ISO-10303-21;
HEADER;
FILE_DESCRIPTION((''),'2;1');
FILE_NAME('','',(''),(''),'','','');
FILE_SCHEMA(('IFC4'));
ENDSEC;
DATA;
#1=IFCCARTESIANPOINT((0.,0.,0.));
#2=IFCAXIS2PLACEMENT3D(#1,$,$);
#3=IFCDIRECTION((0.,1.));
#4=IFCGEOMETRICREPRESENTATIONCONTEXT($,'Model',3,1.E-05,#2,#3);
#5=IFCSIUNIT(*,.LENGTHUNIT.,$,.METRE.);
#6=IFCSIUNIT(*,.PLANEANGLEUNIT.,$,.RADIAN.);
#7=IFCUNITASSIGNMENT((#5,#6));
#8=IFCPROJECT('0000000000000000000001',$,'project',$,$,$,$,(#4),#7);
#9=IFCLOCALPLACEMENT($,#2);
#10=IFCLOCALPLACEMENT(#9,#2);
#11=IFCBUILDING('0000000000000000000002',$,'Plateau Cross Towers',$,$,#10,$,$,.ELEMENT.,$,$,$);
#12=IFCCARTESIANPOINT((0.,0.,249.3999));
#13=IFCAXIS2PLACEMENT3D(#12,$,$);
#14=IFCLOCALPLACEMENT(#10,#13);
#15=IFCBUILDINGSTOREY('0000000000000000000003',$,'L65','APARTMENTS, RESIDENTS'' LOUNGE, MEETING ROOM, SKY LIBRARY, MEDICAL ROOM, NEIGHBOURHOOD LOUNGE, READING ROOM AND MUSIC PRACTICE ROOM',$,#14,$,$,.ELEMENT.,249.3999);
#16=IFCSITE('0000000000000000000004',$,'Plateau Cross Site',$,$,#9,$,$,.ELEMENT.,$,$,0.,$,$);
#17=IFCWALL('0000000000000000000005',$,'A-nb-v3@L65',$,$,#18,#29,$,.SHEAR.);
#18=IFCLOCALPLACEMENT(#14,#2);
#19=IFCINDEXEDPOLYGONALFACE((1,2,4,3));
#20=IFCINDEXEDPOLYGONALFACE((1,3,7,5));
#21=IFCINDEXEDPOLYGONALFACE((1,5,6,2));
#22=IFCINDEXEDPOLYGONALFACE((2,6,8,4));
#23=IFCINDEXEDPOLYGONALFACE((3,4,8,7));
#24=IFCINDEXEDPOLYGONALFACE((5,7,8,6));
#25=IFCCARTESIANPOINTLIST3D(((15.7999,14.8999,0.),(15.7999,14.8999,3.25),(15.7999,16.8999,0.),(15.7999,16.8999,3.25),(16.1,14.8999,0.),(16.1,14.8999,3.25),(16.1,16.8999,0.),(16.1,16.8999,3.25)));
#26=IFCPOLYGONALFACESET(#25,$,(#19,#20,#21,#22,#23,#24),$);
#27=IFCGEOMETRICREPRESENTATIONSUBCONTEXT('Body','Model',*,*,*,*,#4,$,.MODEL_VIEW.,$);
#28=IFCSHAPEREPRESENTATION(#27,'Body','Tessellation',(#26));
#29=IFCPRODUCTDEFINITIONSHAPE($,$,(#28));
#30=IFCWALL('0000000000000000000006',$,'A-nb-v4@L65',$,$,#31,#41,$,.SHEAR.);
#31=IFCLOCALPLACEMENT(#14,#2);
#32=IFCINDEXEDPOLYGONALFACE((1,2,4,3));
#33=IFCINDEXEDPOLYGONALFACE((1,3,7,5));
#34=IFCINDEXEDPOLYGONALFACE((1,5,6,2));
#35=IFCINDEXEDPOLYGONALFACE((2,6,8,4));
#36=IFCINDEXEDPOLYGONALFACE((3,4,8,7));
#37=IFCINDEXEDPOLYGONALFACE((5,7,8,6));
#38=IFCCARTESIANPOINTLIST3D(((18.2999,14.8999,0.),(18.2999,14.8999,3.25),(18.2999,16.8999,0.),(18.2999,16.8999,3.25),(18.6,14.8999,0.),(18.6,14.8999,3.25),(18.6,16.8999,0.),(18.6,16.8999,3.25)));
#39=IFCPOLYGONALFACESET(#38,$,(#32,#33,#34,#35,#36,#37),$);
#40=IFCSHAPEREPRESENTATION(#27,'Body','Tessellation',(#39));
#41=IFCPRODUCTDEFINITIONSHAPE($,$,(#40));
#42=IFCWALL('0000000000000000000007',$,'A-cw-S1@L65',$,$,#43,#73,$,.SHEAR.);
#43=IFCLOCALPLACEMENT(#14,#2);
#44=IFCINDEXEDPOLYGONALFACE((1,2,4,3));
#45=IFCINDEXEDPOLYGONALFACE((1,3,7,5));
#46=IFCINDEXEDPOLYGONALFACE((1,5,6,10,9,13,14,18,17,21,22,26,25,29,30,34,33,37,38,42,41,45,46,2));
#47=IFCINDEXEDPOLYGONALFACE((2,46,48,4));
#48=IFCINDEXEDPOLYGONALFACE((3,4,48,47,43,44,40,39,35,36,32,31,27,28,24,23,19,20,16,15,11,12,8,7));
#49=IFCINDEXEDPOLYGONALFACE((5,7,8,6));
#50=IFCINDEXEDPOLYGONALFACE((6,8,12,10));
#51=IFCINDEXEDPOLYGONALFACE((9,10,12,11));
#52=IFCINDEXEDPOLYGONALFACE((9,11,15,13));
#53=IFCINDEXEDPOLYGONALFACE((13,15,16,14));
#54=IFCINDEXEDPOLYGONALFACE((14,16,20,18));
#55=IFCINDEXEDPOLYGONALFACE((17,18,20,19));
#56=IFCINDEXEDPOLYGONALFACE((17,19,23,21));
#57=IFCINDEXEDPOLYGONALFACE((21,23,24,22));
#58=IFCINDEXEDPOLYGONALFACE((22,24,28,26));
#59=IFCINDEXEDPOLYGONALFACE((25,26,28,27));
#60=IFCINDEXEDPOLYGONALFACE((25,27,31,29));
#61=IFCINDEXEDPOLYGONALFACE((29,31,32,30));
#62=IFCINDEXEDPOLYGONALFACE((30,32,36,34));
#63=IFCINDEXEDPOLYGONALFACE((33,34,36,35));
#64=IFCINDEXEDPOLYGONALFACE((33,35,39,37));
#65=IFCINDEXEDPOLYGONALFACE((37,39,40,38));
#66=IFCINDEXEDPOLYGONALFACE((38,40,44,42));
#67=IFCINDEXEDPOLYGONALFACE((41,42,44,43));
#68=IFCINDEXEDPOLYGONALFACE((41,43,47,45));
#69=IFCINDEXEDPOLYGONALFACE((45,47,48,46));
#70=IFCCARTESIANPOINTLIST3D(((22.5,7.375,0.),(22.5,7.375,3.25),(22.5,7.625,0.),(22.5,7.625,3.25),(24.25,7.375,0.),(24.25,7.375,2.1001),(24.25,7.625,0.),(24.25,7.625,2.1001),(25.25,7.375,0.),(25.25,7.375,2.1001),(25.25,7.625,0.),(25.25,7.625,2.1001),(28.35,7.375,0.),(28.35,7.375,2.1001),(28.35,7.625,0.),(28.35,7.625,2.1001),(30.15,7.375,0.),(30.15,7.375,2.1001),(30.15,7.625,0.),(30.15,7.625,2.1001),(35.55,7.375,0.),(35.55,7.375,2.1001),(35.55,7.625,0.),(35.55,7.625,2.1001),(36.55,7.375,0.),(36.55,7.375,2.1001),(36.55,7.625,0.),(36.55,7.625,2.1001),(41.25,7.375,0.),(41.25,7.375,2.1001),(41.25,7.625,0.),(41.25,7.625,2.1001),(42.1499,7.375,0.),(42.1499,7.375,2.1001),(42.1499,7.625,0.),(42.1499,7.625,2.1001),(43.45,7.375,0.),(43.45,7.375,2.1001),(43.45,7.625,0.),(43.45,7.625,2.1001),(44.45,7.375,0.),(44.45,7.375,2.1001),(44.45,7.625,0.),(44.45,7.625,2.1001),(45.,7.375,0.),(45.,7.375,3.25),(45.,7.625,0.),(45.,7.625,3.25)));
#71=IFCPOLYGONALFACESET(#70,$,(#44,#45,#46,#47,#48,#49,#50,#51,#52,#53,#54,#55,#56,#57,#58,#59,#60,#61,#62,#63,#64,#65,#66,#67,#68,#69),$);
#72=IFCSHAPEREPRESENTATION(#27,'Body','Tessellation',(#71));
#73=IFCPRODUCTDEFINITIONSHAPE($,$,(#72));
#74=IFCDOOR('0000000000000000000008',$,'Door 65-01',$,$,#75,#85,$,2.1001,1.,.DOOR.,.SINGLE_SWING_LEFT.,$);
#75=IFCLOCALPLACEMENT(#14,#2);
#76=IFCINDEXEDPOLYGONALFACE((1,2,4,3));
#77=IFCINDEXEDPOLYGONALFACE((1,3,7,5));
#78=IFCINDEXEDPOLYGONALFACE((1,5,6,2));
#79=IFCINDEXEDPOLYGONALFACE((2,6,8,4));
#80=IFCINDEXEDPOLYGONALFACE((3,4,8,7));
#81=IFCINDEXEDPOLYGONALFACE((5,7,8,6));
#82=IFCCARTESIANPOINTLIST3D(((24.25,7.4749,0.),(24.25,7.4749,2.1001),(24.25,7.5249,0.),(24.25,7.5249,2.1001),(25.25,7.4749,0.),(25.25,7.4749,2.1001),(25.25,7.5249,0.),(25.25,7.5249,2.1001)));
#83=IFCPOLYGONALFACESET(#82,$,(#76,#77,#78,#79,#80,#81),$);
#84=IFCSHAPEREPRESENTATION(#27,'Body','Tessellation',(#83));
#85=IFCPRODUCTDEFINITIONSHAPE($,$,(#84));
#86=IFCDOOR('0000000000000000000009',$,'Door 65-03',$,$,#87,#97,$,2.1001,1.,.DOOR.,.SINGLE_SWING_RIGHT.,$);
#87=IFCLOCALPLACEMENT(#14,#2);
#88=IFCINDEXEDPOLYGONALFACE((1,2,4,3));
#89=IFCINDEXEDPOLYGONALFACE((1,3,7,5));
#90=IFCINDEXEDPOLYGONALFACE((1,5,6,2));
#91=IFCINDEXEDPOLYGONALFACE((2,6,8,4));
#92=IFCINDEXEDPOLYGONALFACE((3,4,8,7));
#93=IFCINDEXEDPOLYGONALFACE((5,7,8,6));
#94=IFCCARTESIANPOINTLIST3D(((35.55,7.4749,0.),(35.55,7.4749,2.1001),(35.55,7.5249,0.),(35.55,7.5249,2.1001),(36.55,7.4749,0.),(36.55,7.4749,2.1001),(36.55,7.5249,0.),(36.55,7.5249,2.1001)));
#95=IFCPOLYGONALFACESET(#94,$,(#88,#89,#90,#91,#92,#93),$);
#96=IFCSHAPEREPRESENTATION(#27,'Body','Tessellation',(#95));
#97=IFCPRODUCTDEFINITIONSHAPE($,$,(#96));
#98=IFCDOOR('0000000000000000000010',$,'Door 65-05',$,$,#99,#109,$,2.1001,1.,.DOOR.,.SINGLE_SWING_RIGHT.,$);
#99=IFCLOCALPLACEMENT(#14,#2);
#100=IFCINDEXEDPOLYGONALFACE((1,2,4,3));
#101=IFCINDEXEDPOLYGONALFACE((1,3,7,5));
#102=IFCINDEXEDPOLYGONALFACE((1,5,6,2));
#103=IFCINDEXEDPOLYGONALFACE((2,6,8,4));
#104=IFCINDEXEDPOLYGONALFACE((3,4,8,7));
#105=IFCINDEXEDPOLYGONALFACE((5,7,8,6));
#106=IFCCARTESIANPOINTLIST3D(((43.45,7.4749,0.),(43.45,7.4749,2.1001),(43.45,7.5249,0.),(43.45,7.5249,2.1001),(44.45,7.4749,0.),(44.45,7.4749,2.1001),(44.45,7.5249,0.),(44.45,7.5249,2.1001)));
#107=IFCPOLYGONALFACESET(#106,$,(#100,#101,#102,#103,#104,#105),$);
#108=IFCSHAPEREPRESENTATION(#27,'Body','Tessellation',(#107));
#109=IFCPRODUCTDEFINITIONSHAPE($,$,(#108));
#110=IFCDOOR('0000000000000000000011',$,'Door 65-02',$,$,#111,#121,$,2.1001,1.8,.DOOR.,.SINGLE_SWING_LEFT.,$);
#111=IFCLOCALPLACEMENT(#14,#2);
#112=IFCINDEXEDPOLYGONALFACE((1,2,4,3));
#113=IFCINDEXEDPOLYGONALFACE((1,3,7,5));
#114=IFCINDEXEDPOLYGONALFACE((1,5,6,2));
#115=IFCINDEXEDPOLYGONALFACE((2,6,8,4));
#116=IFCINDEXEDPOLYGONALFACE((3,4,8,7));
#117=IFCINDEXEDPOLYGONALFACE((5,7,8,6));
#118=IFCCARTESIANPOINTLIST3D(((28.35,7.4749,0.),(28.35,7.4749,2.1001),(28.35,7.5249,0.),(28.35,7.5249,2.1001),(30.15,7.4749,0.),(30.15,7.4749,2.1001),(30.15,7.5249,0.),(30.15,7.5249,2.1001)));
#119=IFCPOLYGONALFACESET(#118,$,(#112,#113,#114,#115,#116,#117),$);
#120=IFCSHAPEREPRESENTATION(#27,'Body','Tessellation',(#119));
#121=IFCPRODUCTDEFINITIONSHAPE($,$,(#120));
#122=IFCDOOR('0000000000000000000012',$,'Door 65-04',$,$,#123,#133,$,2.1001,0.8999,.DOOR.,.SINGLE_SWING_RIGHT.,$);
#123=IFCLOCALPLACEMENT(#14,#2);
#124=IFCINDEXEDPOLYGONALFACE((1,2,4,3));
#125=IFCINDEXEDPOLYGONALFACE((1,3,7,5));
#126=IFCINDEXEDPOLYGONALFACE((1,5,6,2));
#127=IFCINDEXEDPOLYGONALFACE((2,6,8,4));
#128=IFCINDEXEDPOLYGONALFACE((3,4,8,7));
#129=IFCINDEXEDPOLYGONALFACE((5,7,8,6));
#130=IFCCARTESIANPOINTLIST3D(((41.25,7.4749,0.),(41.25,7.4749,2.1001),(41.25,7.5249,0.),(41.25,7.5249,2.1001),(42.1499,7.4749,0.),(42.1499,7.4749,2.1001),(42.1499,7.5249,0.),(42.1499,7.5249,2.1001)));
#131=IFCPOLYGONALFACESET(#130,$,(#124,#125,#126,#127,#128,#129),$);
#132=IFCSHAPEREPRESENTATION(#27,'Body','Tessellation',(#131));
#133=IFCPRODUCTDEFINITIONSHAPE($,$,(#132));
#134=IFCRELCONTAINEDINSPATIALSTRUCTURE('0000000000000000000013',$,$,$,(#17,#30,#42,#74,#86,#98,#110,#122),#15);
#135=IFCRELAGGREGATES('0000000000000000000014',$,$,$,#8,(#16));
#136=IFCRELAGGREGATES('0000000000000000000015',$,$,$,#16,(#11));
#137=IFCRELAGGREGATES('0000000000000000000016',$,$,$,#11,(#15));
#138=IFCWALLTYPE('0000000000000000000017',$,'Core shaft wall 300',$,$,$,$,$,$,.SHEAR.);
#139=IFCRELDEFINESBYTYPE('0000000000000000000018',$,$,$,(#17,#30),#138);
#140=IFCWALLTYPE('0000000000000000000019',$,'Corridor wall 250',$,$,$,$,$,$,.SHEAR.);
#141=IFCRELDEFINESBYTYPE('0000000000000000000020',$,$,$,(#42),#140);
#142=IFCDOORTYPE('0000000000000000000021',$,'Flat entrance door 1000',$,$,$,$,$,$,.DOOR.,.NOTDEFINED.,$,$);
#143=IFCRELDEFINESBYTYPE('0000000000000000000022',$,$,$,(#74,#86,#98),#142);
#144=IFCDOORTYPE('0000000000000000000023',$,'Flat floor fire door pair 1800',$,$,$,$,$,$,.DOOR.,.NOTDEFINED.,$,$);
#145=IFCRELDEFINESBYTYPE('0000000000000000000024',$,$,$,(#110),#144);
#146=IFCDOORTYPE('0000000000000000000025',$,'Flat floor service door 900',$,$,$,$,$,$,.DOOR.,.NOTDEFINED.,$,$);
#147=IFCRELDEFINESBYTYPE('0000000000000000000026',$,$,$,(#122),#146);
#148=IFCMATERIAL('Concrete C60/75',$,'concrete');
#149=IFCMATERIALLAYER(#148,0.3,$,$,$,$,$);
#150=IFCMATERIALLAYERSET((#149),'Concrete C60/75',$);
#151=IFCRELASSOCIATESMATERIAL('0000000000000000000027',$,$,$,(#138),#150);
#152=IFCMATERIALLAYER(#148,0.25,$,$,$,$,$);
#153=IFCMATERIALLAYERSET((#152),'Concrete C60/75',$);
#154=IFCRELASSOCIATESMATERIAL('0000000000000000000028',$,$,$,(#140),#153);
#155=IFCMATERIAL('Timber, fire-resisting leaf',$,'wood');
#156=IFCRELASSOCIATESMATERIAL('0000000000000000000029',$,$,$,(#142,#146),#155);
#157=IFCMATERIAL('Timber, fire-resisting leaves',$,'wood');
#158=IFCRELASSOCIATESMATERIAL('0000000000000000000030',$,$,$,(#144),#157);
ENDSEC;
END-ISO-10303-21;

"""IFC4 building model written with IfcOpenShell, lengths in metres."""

from ifc_helpers import new_model, si_unit, direction, frame, frame_2d, origin, place, context, subcontext, project, spatial, rectangle, extrude, material, layer, layer_set, type_object, element, fill, save


model = new_model("IFC4")

# Units and contexts
model_context = context("Model", 3, precision=1e-05, world=origin(), true_north=direction((0.0, 1.0)))
body_context = subcontext(model_context, "Body", "Model", "MODEL_VIEW")
ifc_project = project(units=[si_unit("LENGTHUNIT", "METRE"), si_unit("PLANEANGLEUNIT", "RADIAN")], contexts=[model_context])

# Site, building, storey
site_placement = place(None, origin())
site = spatial("IfcSite", under=ifc_project, at=site_placement, Name="Plateau Cross Site", CompositionType="ELEMENT", RefElevation=0.0)
building_placement = place(site_placement, origin())
building = spatial("IfcBuilding", under=site, at=building_placement, Name="Plateau Cross Towers", CompositionType="ELEMENT")
storey_placement = place(building_placement, frame((0.0, 0.0, 249.3999)))
storey = spatial("IfcBuildingStorey", under=building, at=storey_placement, Name="L65", Description="APARTMENTS, RESIDENTS' LOUNGE, MEETING ROOM, SKY LIBRARY, MEDICAL ROOM, NEIGHBOURHOOD LOUNGE, READING ROOM AND MUSIC PRACTICE ROOM", CompositionType="ELEMENT", Elevation=249.3999)

# Shared definitions
ifc_material_1 = material(Name="Concrete C60/75", Category="concrete")

# Walls
ifc_layer_1 = layer(ifc_material_1, 0.3)
ifc_layer_set_1 = layer_set([ifc_layer_1], Name="Concrete C60/75")
wall_type_1 = type_object("IfcWallType", Name="Core shaft wall 300", PredefinedType="SHEAR", material=ifc_layer_set_1)
for number, where, z_axis, x_axis, name in (
    (1, (15.95, 14.8999, 0.0), (0.0, 0.0, 1.0), (0.0, 1.0, 0.0), "A-nb-v3@L65"),
    (2, (18.45, 14.8999, 0.0), (0.0, 0.0, 1.0), (0.0, 1.0, 0.0), "A-nb-v4@L65"),
):
    element("IfcWall", number, at=place(storey_placement, frame(where, z_axis=z_axis, x_axis=x_axis)), inside=storey, type_object=wall_type_1, Name=name, PredefinedType="SHEAR", context=body_context, shape_type="SweptSolid", body=[
        extrude(rectangle(XDim=2.0, YDim=0.3, at=frame_2d((1.0, 0.0))), origin(), (0.0, 0.0, 1.0), 3.25),
    ])

# Wall, openings, doors
ifc_layer_2 = layer(ifc_material_1, 0.25)
ifc_layer_set_2 = layer_set([ifc_layer_2], Name="Concrete C60/75")
wall_type_2 = type_object("IfcWallType", Name="Corridor wall 250", PredefinedType="SHEAR", material=ifc_layer_set_2)
wall_1_placement = place(storey_placement, frame((22.5, 7.5, 0.0), z_axis=(0.0, 0.0, 1.0), x_axis=(1.0, 0.0, 0.0)))
wall_1 = element("IfcWall", 3, at=wall_1_placement, inside=storey, type_object=wall_type_2, Name="A-cw-S1@L65", PredefinedType="SHEAR", context=body_context, shape_type="SweptSolid", body=[
    extrude(rectangle(XDim=22.5, YDim=0.25, at=frame_2d((11.25, 0.0))), origin(), (0.0, 0.0, 1.0), 3.25),
])
opening_1_placement = place(wall_1_placement, frame((1.75, 0.0, 0.0)))
opening_1 = element("IfcOpeningElement", 4, at=opening_1_placement, cuts=wall_1, PredefinedType="OPENING", context=body_context, shape_type="SweptSolid", body=[
    extrude(rectangle(XDim=1.0, YDim=2.1001, at=frame_2d((0.5, 1.05))), frame((0.0, 0.135, 0.0), z_axis=(0.0, -1.0, 0.0), x_axis=(1.0, 0.0, 0.0)), (0.0, 0.0, 1.0), 0.27),
])
opening_2_placement = place(wall_1_placement, frame((5.8501, 0.0, 0.0)))
opening_2 = element("IfcOpeningElement", 5, at=opening_2_placement, cuts=wall_1, PredefinedType="OPENING", context=body_context, shape_type="SweptSolid", body=[
    extrude(rectangle(XDim=1.8, YDim=2.1001, at=frame_2d((0.8999, 1.05))), frame((0.0, 0.135, 0.0), z_axis=(0.0, -1.0, 0.0), x_axis=(1.0, 0.0, 0.0)), (0.0, 0.0, 1.0), 0.27),
])
opening_3_placement = place(wall_1_placement, frame((13.05, 0.0, 0.0)))
opening_3 = element("IfcOpeningElement", 6, at=opening_3_placement, cuts=wall_1, PredefinedType="OPENING", context=body_context, shape_type="SweptSolid", body=[
    extrude(rectangle(XDim=1.0, YDim=2.1001, at=frame_2d((0.5, 1.05))), frame((0.0, 0.135, 0.0), z_axis=(0.0, -1.0, 0.0), x_axis=(1.0, 0.0, 0.0)), (0.0, 0.0, 1.0), 0.27),
])
opening_4_placement = place(wall_1_placement, frame((18.75, 0.0, 0.0)))
opening_4 = element("IfcOpeningElement", 7, at=opening_4_placement, cuts=wall_1, PredefinedType="OPENING", context=body_context, shape_type="SweptSolid", body=[
    extrude(rectangle(XDim=0.8999, YDim=2.1001, at=frame_2d((0.45, 1.05))), frame((0.0, 0.135, 0.0), z_axis=(0.0, -1.0, 0.0), x_axis=(1.0, 0.0, 0.0)), (0.0, 0.0, 1.0), 0.27),
])
opening_5_placement = place(wall_1_placement, frame((20.95, 0.0, 0.0)))
opening_5 = element("IfcOpeningElement", 8, at=opening_5_placement, cuts=wall_1, PredefinedType="OPENING", context=body_context, shape_type="SweptSolid", body=[
    extrude(rectangle(XDim=1.0, YDim=2.1001, at=frame_2d((0.5, 1.05))), frame((0.0, 0.135, 0.0), z_axis=(0.0, -1.0, 0.0), x_axis=(1.0, 0.0, 0.0)), (0.0, 0.0, 1.0), 0.27),
])
ifc_material_2 = material(Name="Timber, fire-resisting leaf", Category="wood")
door_type_1 = type_object("IfcDoorType", Name="Flat entrance door 1000", OperationType="NOTDEFINED", PredefinedType="DOOR", material=ifc_material_2)
door_1_placement = place(opening_1_placement, origin())
door_1 = element("IfcDoor", 9, at=door_1_placement, inside=storey, type_object=door_type_1, Name="Door 65-01", OperationType="SINGLE_SWING_LEFT", OverallHeight=2.1001, OverallWidth=1.0, PredefinedType="DOOR", context=body_context, shape_type="SweptSolid", body=[
    extrude(rectangle(XDim=1.0, YDim=2.1001, at=frame_2d((0.5, 1.05))), frame((0.0, 0.0249, 0.0), z_axis=(0.0, -1.0, 0.0), x_axis=(1.0, 0.0, 0.0)), (0.0, 0.0, 1.0), 0.05),
])
fill(opening_1, door_1)
door_2_placement = place(opening_3_placement, origin())
door_2 = element("IfcDoor", 10, at=door_2_placement, inside=storey, type_object=door_type_1, Name="Door 65-03", OperationType="SINGLE_SWING_RIGHT", OverallHeight=2.1001, OverallWidth=1.0, PredefinedType="DOOR", context=body_context, shape_type="SweptSolid", body=[
    extrude(rectangle(XDim=1.0, YDim=2.1001, at=frame_2d((0.5, 1.05))), frame((0.0, 0.0249, 0.0), z_axis=(0.0, -1.0, 0.0), x_axis=(1.0, 0.0, 0.0)), (0.0, 0.0, 1.0), 0.05),
])
fill(opening_3, door_2)
door_3_placement = place(opening_5_placement, origin())
door_3 = element("IfcDoor", 11, at=door_3_placement, inside=storey, type_object=door_type_1, Name="Door 65-05", OperationType="SINGLE_SWING_RIGHT", OverallHeight=2.1001, OverallWidth=1.0, PredefinedType="DOOR", context=body_context, shape_type="SweptSolid", body=[
    extrude(rectangle(XDim=1.0, YDim=2.1001, at=frame_2d((0.5, 1.05))), frame((0.0, 0.0249, 0.0), z_axis=(0.0, -1.0, 0.0), x_axis=(1.0, 0.0, 0.0)), (0.0, 0.0, 1.0), 0.05),
])
fill(opening_5, door_3)
ifc_material_3 = material(Name="Timber, fire-resisting leaves", Category="wood")
door_type_2 = type_object("IfcDoorType", Name="Flat floor fire door pair 1800", OperationType="NOTDEFINED", PredefinedType="DOOR", material=ifc_material_3)
door_4_placement = place(opening_2_placement, origin())
door_4 = element("IfcDoor", 12, at=door_4_placement, inside=storey, type_object=door_type_2, Name="Door 65-02", OperationType="SINGLE_SWING_LEFT", OverallHeight=2.1001, OverallWidth=1.8, PredefinedType="DOOR", context=body_context, shape_type="SweptSolid", body=[
    extrude(rectangle(XDim=1.8, YDim=2.1001, at=frame_2d((0.8999, 1.05))), frame((0.0, 0.0249, 0.0), z_axis=(0.0, -1.0, 0.0), x_axis=(1.0, 0.0, 0.0)), (0.0, 0.0, 1.0), 0.05),
])
fill(opening_2, door_4)
door_type_3 = type_object("IfcDoorType", Name="Flat floor service door 900", OperationType="NOTDEFINED", PredefinedType="DOOR", material=ifc_material_2)
door_5_placement = place(opening_4_placement, origin())
door_5 = element("IfcDoor", 13, at=door_5_placement, inside=storey, type_object=door_type_3, Name="Door 65-04", OperationType="SINGLE_SWING_RIGHT", OverallHeight=2.1001, OverallWidth=0.8999, PredefinedType="DOOR", context=body_context, shape_type="SweptSolid", body=[
    extrude(rectangle(XDim=0.8999, YDim=2.1001, at=frame_2d((0.45, 1.05))), frame((0.0, 0.0249, 0.0), z_axis=(0.0, -1.0, 0.0), x_axis=(1.0, 0.0, 0.0)), (0.0, 0.0, 1.0), 0.05),
])
fill(opening_4, door_5)

save(model, "model.ifc")
